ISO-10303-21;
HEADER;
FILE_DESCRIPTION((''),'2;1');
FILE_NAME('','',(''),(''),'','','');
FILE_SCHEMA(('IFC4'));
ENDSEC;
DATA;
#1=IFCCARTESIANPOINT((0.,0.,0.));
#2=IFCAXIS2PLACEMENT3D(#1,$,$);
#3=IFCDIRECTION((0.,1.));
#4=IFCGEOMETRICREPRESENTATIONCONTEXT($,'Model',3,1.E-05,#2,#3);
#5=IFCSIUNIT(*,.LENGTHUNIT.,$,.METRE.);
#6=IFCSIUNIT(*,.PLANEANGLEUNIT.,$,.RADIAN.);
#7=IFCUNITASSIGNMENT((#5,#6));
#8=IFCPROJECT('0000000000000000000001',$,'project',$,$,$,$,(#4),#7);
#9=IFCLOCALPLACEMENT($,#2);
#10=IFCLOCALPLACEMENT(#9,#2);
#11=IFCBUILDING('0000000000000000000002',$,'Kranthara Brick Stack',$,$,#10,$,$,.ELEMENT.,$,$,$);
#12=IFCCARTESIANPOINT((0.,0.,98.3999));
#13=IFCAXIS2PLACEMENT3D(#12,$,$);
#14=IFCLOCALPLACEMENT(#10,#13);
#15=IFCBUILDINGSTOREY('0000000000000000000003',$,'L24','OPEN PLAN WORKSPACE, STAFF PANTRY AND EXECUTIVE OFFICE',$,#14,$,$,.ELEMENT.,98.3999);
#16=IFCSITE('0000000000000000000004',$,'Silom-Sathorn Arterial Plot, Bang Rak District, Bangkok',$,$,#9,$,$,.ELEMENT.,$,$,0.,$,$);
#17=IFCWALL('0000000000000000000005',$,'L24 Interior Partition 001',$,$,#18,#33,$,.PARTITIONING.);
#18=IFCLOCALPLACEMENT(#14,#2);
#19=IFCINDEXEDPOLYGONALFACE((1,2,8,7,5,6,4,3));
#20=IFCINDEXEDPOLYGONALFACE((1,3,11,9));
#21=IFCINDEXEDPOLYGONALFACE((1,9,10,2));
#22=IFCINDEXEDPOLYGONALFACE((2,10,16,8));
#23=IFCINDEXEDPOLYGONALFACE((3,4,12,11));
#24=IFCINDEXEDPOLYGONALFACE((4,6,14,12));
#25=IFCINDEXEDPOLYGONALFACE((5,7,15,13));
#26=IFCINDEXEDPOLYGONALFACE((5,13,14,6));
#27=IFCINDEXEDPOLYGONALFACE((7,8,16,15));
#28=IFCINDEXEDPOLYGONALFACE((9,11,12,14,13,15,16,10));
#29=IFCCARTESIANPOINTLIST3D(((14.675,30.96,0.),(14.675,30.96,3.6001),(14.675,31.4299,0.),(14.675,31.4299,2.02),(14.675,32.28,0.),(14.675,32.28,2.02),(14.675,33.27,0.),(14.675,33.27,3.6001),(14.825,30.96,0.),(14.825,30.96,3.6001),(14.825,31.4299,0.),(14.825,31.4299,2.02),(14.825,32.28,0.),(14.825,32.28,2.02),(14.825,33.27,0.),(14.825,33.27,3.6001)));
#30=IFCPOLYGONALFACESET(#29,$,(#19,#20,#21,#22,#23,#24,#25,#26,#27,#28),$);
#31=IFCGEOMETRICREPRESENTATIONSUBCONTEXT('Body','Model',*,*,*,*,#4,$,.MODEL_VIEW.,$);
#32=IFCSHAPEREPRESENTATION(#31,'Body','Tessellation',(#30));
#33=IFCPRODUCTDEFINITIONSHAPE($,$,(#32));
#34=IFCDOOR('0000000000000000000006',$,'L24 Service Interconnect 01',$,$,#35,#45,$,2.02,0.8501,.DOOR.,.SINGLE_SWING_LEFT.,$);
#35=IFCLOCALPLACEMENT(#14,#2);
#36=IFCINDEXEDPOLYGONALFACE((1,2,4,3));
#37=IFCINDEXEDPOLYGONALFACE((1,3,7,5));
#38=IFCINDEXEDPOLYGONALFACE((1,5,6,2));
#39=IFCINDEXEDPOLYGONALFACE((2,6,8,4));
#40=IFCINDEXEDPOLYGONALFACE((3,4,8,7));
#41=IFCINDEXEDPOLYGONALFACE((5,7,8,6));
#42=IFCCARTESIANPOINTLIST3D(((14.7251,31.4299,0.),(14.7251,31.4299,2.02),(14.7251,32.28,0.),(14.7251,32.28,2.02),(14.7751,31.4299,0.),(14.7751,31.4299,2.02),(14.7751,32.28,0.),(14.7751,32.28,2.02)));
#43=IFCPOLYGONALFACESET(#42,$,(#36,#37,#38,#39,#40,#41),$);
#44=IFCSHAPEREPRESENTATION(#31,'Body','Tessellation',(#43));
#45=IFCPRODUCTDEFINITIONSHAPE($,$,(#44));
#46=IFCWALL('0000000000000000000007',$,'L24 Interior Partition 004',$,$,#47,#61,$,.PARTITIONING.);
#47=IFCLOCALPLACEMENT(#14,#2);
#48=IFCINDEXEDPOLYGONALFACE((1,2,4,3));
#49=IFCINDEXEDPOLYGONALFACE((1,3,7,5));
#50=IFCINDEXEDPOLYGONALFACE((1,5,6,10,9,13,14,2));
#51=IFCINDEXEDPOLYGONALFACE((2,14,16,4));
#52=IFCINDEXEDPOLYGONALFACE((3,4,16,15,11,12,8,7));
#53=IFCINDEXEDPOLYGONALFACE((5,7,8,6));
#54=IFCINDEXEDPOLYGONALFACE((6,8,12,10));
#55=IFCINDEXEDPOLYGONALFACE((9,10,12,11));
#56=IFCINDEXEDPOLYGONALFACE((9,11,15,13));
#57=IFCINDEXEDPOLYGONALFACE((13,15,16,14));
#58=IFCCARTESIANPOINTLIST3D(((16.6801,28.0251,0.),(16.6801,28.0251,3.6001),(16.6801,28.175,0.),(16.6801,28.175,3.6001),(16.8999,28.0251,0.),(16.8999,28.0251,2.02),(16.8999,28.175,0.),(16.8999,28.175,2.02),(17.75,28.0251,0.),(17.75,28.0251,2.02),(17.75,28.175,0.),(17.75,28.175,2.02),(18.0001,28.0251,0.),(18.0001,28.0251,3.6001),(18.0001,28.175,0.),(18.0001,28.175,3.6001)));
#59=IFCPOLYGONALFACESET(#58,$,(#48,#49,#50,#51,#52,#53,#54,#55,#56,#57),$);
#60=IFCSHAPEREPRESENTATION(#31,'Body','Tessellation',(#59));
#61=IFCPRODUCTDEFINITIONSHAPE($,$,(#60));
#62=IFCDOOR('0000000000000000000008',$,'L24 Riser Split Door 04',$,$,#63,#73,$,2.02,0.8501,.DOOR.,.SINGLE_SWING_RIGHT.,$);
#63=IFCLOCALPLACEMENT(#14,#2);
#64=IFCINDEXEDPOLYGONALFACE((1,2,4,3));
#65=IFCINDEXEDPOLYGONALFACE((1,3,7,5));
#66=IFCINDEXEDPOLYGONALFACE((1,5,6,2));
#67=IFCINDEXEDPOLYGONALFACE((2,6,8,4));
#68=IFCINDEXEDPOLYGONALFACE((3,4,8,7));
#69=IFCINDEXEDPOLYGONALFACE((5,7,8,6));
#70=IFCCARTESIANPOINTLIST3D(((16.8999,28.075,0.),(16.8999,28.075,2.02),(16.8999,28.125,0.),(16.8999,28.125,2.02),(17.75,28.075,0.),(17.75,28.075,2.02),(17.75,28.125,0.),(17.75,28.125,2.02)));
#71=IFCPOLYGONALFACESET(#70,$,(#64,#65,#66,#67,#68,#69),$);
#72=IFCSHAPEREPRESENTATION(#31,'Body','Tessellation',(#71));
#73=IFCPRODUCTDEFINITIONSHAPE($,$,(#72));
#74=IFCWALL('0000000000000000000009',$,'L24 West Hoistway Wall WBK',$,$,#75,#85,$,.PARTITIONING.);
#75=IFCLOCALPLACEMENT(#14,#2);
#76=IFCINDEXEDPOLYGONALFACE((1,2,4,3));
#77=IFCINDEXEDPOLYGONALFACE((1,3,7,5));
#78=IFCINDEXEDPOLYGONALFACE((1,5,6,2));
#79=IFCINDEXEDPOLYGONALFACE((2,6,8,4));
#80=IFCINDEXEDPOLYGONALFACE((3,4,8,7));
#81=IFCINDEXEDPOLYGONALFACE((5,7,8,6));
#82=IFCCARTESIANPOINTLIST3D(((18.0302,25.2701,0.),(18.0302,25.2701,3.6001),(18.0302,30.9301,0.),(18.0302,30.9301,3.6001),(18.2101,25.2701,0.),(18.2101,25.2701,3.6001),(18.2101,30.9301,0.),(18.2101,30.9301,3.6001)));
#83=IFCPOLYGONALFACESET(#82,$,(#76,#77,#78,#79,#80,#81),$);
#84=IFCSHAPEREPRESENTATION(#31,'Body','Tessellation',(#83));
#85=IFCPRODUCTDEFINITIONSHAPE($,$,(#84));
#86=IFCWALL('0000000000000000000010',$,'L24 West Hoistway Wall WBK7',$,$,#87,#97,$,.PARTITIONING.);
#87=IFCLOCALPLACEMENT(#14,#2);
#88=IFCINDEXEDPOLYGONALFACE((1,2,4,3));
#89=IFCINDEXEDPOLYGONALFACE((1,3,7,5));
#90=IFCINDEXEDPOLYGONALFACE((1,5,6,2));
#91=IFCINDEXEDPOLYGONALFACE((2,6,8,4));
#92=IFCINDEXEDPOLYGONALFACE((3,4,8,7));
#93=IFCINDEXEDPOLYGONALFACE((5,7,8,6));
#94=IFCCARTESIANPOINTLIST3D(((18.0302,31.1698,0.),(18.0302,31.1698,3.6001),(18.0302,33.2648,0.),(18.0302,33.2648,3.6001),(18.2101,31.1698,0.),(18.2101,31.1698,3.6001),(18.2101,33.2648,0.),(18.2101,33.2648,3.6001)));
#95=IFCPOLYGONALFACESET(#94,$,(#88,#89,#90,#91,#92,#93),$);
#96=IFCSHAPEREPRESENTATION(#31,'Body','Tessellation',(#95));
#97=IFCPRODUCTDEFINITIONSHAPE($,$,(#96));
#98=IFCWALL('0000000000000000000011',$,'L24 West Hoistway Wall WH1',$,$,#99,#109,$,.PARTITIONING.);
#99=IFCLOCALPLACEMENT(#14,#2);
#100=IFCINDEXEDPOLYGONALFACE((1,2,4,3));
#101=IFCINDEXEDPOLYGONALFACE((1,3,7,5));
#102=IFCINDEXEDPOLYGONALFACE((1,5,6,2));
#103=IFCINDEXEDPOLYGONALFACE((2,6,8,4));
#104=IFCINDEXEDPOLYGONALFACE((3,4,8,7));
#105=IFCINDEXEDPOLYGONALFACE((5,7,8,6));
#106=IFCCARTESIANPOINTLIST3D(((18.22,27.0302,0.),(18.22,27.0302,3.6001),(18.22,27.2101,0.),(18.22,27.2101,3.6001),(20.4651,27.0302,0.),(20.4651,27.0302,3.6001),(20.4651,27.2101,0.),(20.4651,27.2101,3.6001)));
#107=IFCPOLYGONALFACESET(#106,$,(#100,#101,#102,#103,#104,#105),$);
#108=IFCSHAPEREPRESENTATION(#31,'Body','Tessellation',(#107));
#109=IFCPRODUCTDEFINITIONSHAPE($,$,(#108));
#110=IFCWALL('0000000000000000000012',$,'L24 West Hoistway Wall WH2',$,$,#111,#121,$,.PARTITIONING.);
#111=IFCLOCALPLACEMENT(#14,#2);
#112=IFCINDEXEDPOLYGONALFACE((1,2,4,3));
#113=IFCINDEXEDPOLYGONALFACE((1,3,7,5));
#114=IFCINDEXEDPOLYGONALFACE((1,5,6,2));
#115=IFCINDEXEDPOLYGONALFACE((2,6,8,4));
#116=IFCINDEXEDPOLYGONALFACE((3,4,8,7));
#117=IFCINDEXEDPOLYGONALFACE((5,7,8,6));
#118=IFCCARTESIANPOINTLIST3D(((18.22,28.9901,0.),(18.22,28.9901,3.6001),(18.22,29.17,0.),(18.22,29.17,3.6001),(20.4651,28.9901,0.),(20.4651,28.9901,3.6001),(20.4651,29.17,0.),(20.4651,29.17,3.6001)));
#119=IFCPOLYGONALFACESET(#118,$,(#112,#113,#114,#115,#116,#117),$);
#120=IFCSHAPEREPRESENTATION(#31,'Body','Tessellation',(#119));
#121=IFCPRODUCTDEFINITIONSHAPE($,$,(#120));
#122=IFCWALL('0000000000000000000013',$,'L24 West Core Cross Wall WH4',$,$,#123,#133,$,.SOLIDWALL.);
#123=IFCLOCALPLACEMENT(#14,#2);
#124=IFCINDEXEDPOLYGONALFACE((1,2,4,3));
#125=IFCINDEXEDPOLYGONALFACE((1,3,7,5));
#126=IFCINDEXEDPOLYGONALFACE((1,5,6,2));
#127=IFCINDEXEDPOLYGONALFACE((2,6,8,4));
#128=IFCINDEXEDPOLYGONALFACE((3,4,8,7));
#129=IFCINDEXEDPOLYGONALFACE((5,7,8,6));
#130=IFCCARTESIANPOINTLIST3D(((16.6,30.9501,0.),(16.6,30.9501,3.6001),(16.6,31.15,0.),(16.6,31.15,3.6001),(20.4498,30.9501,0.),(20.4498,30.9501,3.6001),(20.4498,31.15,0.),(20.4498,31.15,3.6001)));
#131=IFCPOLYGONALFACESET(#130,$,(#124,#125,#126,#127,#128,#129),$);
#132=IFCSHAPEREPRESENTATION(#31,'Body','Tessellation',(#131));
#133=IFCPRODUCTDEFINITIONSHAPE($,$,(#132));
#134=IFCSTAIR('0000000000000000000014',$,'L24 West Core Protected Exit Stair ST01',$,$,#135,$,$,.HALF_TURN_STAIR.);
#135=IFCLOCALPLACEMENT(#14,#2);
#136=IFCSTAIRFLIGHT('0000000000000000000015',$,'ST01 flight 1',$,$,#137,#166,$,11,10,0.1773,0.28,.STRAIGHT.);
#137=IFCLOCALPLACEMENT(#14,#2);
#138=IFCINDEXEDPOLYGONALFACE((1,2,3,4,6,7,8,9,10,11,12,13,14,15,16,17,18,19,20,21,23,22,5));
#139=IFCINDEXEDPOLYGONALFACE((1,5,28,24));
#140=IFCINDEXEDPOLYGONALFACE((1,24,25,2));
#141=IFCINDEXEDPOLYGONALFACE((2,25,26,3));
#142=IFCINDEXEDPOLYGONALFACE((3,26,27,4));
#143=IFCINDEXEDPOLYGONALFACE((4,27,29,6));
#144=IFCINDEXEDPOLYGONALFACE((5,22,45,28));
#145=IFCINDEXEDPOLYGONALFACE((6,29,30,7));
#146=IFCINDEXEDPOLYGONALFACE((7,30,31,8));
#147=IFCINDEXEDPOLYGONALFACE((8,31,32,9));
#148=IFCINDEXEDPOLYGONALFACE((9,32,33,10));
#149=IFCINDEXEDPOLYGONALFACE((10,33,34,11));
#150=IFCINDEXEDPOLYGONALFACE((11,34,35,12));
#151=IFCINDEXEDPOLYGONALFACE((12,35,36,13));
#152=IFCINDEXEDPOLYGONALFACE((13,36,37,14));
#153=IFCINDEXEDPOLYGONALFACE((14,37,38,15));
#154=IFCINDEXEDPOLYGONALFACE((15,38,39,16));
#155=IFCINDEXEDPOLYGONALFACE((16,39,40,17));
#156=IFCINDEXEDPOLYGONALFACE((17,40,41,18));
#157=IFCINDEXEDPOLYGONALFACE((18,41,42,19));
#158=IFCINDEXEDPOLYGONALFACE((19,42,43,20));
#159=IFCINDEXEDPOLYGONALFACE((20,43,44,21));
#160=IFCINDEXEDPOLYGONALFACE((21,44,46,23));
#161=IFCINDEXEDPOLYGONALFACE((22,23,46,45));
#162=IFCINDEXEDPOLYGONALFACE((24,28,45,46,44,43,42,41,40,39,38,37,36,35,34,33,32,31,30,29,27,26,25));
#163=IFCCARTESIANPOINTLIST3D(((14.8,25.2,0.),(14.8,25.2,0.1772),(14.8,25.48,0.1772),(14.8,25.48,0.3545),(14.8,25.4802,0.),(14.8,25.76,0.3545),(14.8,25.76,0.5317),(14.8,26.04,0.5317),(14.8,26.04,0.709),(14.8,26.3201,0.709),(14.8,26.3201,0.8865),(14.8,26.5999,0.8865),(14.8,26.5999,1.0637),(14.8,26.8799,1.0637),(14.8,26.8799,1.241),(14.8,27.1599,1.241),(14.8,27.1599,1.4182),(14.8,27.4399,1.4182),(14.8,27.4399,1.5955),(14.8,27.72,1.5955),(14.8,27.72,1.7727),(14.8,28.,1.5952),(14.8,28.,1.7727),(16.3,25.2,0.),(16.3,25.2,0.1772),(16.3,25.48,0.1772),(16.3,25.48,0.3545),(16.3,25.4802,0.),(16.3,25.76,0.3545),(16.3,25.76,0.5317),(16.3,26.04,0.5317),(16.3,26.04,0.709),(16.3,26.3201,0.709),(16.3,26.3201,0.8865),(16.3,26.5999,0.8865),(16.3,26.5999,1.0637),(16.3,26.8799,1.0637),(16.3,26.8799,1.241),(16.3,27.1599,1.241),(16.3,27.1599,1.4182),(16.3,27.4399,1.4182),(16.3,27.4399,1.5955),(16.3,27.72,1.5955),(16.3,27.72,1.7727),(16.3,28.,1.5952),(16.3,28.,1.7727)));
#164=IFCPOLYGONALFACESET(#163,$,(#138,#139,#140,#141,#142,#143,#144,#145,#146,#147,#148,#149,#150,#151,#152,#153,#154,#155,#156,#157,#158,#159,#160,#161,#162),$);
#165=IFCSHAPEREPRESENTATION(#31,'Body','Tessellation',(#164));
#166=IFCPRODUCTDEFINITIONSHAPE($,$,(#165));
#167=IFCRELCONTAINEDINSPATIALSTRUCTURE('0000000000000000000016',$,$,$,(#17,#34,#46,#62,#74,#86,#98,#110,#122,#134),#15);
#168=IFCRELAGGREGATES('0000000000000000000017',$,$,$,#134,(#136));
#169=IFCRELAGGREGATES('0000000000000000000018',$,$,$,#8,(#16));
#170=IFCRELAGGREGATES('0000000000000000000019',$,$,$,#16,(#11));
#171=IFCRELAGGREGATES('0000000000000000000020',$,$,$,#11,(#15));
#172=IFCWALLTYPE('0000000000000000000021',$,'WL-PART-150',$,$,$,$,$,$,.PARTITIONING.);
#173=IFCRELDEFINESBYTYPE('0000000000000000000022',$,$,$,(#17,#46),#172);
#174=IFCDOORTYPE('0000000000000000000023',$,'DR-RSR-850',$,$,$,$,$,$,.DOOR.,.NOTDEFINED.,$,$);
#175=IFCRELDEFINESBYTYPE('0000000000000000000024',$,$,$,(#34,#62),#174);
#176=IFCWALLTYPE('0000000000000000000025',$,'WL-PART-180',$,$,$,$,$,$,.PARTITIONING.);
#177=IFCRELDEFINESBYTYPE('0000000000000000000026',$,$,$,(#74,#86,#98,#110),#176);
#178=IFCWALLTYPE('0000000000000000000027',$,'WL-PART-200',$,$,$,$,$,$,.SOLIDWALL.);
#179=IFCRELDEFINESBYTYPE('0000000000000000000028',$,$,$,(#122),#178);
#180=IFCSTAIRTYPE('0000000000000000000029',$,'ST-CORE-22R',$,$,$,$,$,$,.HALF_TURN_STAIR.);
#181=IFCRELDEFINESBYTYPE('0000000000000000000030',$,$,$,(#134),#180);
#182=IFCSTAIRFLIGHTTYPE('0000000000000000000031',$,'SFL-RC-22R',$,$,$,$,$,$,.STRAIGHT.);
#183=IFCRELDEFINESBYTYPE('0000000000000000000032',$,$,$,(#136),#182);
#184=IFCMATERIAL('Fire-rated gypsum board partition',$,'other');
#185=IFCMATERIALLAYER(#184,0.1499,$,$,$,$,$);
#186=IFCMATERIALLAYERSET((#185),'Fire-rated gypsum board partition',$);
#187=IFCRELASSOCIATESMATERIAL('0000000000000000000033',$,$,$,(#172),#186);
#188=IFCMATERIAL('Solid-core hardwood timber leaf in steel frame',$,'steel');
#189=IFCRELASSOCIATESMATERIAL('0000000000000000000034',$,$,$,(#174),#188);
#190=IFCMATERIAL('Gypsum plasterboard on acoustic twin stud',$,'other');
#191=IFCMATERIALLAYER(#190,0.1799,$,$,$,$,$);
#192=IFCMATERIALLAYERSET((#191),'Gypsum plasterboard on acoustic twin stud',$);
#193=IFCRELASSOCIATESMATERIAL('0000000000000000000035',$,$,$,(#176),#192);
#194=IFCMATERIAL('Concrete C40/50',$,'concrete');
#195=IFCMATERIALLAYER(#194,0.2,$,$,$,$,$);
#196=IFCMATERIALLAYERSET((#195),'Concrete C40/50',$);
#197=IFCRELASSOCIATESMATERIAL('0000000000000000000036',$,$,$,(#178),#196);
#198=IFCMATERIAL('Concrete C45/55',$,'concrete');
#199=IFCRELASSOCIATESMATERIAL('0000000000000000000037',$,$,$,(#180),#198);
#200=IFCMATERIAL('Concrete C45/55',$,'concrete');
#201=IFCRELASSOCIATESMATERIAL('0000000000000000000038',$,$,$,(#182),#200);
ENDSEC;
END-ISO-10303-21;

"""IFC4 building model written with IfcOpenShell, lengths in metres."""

from ifc_helpers import new_model, si_unit, direction, frame, frame_2d, origin, place, context, subcontext, project, spatial, polyline, rectangle, outline, extrude, material, layer, layer_set, type_object, element, fill, aggregate, save


model = new_model("IFC4")

# Units and contexts
model_context = context("Model", 3, precision=1e-05, world=origin(), true_north=direction((0.0, 1.0)))
body_context = subcontext(model_context, "Body", "Model", "MODEL_VIEW")
ifc_project = project(units=[si_unit("LENGTHUNIT", "METRE"), si_unit("PLANEANGLEUNIT", "RADIAN")], contexts=[model_context])

# Site, building, storey
site_placement = place(None, origin())
site = spatial("IfcSite", under=ifc_project, at=site_placement, Name="Silom-Sathorn Arterial Plot, Bang Rak District, Bangkok", CompositionType="ELEMENT", RefElevation=0.0)
building_placement = place(site_placement, origin())
building = spatial("IfcBuilding", under=site, at=building_placement, Name="Kranthara Brick Stack", CompositionType="ELEMENT")
storey_placement = place(building_placement, frame((0.0, 0.0, 98.3999)))
storey = spatial("IfcBuildingStorey", under=building, at=storey_placement, Name="L24", Description="OPEN PLAN WORKSPACE, STAFF PANTRY AND EXECUTIVE OFFICE", CompositionType="ELEMENT", Elevation=98.3999)

# Walls, openings, doors
ifc_material_1 = material(Name="Fire-rated gypsum board partition", Category="other")
ifc_layer_1 = layer(ifc_material_1, 0.1499)
ifc_layer_set_1 = layer_set([ifc_layer_1], Name="Fire-rated gypsum board partition")
wall_type_1 = type_object("IfcWallType", Name="WL-PART-150", PredefinedType="PARTITIONING", material=ifc_layer_set_1)
wall_1_placement = place(storey_placement, frame((14.75, 30.96, 0.0), z_axis=(0.0, 0.0, 1.0), x_axis=(0.0, 1.0, 0.0)))
wall_1 = element("IfcWall", 1, at=wall_1_placement, inside=storey, type_object=wall_type_1, Name="L24 Interior Partition 001", PredefinedType="PARTITIONING", context=body_context, shape_type="SweptSolid", body=[
    extrude(rectangle(XDim=2.3101, YDim=0.1499, at=frame_2d((1.155, 0.0))), origin(), (0.0, 0.0, 1.0), 3.6001),
])
opening_1_placement = place(wall_1_placement, frame((0.47, 0.0, 0.0)))
opening_1 = element("IfcOpeningElement", 2, at=opening_1_placement, cuts=wall_1, PredefinedType="OPENING", context=body_context, shape_type="SweptSolid", body=[
    extrude(rectangle(XDim=0.8501, YDim=2.02, at=frame_2d((0.425, 1.01))), frame((0.0, 0.085, 0.0), z_axis=(0.0, -1.0, 0.0), x_axis=(1.0, 0.0, 0.0)), (0.0, 0.0, 1.0), 0.1699),
])
ifc_material_2 = material(Name="Solid-core hardwood timber leaf in steel frame", Category="steel")
door_type_1 = type_object("IfcDoorType", Name="DR-RSR-850", OperationType="NOTDEFINED", PredefinedType="DOOR", material=ifc_material_2)
door_1_placement = place(opening_1_placement, origin())
door_1 = element("IfcDoor", 3, at=door_1_placement, inside=storey, type_object=door_type_1, Name="L24 Service Interconnect 01", OperationType="SINGLE_SWING_LEFT", OverallHeight=2.02, OverallWidth=0.8501, PredefinedType="DOOR", context=body_context, shape_type="SweptSolid", body=[
    extrude(rectangle(XDim=0.8501, YDim=2.02, at=frame_2d((0.425, 1.01))), frame((0.0, 0.0249, 0.0), z_axis=(0.0, -1.0, 0.0), x_axis=(1.0, 0.0, 0.0)), (0.0, 0.0, 1.0), 0.05),
])
fill(opening_1, door_1)
wall_2_placement = place(storey_placement, frame((16.6799, 28.1001, 0.0), z_axis=(0.0, 0.0, 1.0), x_axis=(1.0, 0.0, 0.0)))
wall_2 = element("IfcWall", 4, at=wall_2_placement, inside=storey, type_object=wall_type_1, Name="L24 Interior Partition 004", PredefinedType="PARTITIONING", context=body_context, shape_type="SweptSolid", body=[
    extrude(rectangle(XDim=1.3201, YDim=0.1499, at=frame_2d((0.6602, 0.0))), origin(), (0.0, 0.0, 1.0), 3.6001),
])
opening_2_placement = place(wall_2_placement, frame((0.22, 0.0, 0.0)))
opening_2 = element("IfcOpeningElement", 5, at=opening_2_placement, cuts=wall_2, PredefinedType="OPENING", context=body_context, shape_type="SweptSolid", body=[
    extrude(rectangle(XDim=0.8501, YDim=2.02, at=frame_2d((0.425, 1.01))), frame((0.0, 0.085, 0.0), z_axis=(0.0, -1.0, 0.0), x_axis=(1.0, 0.0, 0.0)), (0.0, 0.0, 1.0), 0.1699),
])
door_2_placement = place(opening_2_placement, origin())
door_2 = element("IfcDoor", 6, at=door_2_placement, inside=storey, type_object=door_type_1, Name="L24 Riser Split Door 04", OperationType="SINGLE_SWING_RIGHT", OverallHeight=2.02, OverallWidth=0.8501, PredefinedType="DOOR", context=body_context, shape_type="SweptSolid", body=[
    extrude(rectangle(XDim=0.8501, YDim=2.02, at=frame_2d((0.425, 1.01))), frame((0.0, 0.0249, 0.0), z_axis=(0.0, -1.0, 0.0), x_axis=(1.0, 0.0, 0.0)), (0.0, 0.0, 1.0), 0.05),
])
fill(opening_2, door_2)

# Walls
ifc_material_3 = material(Name="Gypsum plasterboard on acoustic twin stud", Category="other")
ifc_layer_2 = layer(ifc_material_3, 0.1799)
ifc_layer_set_2 = layer_set([ifc_layer_2], Name="Gypsum plasterboard on acoustic twin stud")
wall_type_2 = type_object("IfcWallType", Name="WL-PART-180", PredefinedType="PARTITIONING", material=ifc_layer_set_2)
wall_3_placement = place(storey_placement, frame((18.1201, 25.27, 0.0), z_axis=(0.0, 0.0, 1.0), x_axis=(0.0, 1.0, 0.0)))
element("IfcWall", 7, at=wall_3_placement, inside=storey, type_object=wall_type_2, Name="L24 West Hoistway Wall WBK", PredefinedType="PARTITIONING", context=body_context, shape_type="SweptSolid", body=[
    extrude(rectangle(XDim=5.6599, YDim=0.1799, at=frame_2d((2.8301, 0.0))), origin(), (0.0, 0.0, 1.0), 3.6001),
])
wall_4_placement = place(storey_placement, frame((18.1201, 31.1699, 0.0), z_axis=(0.0, 0.0, 1.0), x_axis=(0.0, 1.0, 0.0)))
element("IfcWall", 8, at=wall_4_placement, inside=storey, type_object=wall_type_2, Name="L24 West Hoistway Wall WBK7", PredefinedType="PARTITIONING", context=body_context, shape_type="SweptSolid", body=[
    extrude(rectangle(XDim=2.095, YDim=0.1799, at=frame_2d((1.0474, 0.0))), origin(), (0.0, 0.0, 1.0), 3.6001),
])
for number, where, z_axis, x_axis, name in (
    (9, (18.22, 27.1201, 0.0), (0.0, 0.0, 1.0), (1.0, 0.0, 0.0), "L24 West Hoistway Wall WH1"),
    (10, (18.22, 29.0801, 0.0), (0.0, 0.0, 1.0), (1.0, 0.0, 0.0), "L24 West Hoistway Wall WH2"),
):
    element("IfcWall", number, at=place(storey_placement, frame(where, z_axis=z_axis, x_axis=x_axis)), inside=storey, type_object=wall_type_2, Name=name, PredefinedType="PARTITIONING", context=body_context, shape_type="SweptSolid", body=[
        extrude(rectangle(XDim=2.2451, YDim=0.1799, at=frame_2d((1.1226, 0.0))), origin(), (0.0, 0.0, 1.0), 3.6001),
    ])
ifc_material_4 = material(Name="Concrete C40/50", Category="concrete")
ifc_layer_3 = layer(ifc_material_4, 0.2)
ifc_layer_set_3 = layer_set([ifc_layer_3], Name="Concrete C40/50")
wall_type_3 = type_object("IfcWallType", Name="WL-PART-200", PredefinedType="SOLIDWALL", material=ifc_layer_set_3)
wall_5_placement = place(storey_placement, frame((16.6001, 31.05, 0.0), z_axis=(0.0, 0.0, 1.0), x_axis=(1.0, 0.0, 0.0)))
element("IfcWall", 11, at=wall_5_placement, inside=storey, type_object=wall_type_3, Name="L24 West Core Cross Wall WH4", PredefinedType="SOLIDWALL", context=body_context, shape_type="SweptSolid", body=[
    extrude(rectangle(XDim=3.8499, YDim=0.2, at=frame_2d((1.9248, 0.0))), origin(), (0.0, 0.0, 1.0), 3.6001),
])

# Stair, stair flight
ifc_material_5 = material(Name="Concrete C45/55", Category="concrete")
stair_type = type_object("IfcStairType", Name="ST-CORE-22R", PredefinedType="HALF_TURN_STAIR", material=ifc_material_5)
stair_placement = place(storey_placement, origin())
stair = element("IfcStair", 12, at=stair_placement, inside=storey, type_object=stair_type, Name="L24 West Core Protected Exit Stair ST01", PredefinedType="HALF_TURN_STAIR")
ifc_material_6 = material(Name="Concrete C45/55", Category="concrete")
stair_flight_type = type_object("IfcStairFlightType", Name="SFL-RC-22R", PredefinedType="STRAIGHT", material=ifc_material_6)
stair_flight_1_placement = place(storey_placement, frame((15.55, 25.2, 0.0), z_axis=(0.0, 0.0, 1.0), x_axis=(0.0, 1.0, 0.0)))
stair_flight_1 = element("IfcStairFlight", 13, at=stair_flight_1_placement, type_object=stair_flight_type, Name="ST01 flight 1", NumberOfRisers=11, NumberOfTreads=10, PredefinedType="STRAIGHT", RiserHeight=0.1773, TreadLength=0.28, context=body_context, shape_type="SweptSolid", body=[
    extrude(outline(polyline([(0.0, 0.0), (0.0, 0.1772), (0.28, 0.1772), (0.28, 0.3545), (0.5601, 0.3545), (0.5601, 0.5317), (0.8401, 0.5317), (0.8401, 0.709), (1.1201, 0.709), (1.1201, 0.8865), (1.3999, 0.8865), (1.3999, 1.0637), (1.6799, 1.0637), (1.6799, 1.241), (1.96, 1.241), (1.96, 1.4182), (2.24, 1.4182), (2.24, 1.5955), (2.52, 1.5955), (2.52, 1.7727), (2.8, 1.7727), (2.8, 1.95), (2.8, 1.5952), (0.2803, 0.0), (0.0, 0.0)])), frame((0.0, 0.75, 0.0), z_axis=(0.0, -1.0, 0.0), x_axis=(1.0, 0.0, 0.0)), (0.0, 0.0, 1.0), 1.5),
])
aggregate(stair, [stair_flight_1])

save(model, "model.ifc")
